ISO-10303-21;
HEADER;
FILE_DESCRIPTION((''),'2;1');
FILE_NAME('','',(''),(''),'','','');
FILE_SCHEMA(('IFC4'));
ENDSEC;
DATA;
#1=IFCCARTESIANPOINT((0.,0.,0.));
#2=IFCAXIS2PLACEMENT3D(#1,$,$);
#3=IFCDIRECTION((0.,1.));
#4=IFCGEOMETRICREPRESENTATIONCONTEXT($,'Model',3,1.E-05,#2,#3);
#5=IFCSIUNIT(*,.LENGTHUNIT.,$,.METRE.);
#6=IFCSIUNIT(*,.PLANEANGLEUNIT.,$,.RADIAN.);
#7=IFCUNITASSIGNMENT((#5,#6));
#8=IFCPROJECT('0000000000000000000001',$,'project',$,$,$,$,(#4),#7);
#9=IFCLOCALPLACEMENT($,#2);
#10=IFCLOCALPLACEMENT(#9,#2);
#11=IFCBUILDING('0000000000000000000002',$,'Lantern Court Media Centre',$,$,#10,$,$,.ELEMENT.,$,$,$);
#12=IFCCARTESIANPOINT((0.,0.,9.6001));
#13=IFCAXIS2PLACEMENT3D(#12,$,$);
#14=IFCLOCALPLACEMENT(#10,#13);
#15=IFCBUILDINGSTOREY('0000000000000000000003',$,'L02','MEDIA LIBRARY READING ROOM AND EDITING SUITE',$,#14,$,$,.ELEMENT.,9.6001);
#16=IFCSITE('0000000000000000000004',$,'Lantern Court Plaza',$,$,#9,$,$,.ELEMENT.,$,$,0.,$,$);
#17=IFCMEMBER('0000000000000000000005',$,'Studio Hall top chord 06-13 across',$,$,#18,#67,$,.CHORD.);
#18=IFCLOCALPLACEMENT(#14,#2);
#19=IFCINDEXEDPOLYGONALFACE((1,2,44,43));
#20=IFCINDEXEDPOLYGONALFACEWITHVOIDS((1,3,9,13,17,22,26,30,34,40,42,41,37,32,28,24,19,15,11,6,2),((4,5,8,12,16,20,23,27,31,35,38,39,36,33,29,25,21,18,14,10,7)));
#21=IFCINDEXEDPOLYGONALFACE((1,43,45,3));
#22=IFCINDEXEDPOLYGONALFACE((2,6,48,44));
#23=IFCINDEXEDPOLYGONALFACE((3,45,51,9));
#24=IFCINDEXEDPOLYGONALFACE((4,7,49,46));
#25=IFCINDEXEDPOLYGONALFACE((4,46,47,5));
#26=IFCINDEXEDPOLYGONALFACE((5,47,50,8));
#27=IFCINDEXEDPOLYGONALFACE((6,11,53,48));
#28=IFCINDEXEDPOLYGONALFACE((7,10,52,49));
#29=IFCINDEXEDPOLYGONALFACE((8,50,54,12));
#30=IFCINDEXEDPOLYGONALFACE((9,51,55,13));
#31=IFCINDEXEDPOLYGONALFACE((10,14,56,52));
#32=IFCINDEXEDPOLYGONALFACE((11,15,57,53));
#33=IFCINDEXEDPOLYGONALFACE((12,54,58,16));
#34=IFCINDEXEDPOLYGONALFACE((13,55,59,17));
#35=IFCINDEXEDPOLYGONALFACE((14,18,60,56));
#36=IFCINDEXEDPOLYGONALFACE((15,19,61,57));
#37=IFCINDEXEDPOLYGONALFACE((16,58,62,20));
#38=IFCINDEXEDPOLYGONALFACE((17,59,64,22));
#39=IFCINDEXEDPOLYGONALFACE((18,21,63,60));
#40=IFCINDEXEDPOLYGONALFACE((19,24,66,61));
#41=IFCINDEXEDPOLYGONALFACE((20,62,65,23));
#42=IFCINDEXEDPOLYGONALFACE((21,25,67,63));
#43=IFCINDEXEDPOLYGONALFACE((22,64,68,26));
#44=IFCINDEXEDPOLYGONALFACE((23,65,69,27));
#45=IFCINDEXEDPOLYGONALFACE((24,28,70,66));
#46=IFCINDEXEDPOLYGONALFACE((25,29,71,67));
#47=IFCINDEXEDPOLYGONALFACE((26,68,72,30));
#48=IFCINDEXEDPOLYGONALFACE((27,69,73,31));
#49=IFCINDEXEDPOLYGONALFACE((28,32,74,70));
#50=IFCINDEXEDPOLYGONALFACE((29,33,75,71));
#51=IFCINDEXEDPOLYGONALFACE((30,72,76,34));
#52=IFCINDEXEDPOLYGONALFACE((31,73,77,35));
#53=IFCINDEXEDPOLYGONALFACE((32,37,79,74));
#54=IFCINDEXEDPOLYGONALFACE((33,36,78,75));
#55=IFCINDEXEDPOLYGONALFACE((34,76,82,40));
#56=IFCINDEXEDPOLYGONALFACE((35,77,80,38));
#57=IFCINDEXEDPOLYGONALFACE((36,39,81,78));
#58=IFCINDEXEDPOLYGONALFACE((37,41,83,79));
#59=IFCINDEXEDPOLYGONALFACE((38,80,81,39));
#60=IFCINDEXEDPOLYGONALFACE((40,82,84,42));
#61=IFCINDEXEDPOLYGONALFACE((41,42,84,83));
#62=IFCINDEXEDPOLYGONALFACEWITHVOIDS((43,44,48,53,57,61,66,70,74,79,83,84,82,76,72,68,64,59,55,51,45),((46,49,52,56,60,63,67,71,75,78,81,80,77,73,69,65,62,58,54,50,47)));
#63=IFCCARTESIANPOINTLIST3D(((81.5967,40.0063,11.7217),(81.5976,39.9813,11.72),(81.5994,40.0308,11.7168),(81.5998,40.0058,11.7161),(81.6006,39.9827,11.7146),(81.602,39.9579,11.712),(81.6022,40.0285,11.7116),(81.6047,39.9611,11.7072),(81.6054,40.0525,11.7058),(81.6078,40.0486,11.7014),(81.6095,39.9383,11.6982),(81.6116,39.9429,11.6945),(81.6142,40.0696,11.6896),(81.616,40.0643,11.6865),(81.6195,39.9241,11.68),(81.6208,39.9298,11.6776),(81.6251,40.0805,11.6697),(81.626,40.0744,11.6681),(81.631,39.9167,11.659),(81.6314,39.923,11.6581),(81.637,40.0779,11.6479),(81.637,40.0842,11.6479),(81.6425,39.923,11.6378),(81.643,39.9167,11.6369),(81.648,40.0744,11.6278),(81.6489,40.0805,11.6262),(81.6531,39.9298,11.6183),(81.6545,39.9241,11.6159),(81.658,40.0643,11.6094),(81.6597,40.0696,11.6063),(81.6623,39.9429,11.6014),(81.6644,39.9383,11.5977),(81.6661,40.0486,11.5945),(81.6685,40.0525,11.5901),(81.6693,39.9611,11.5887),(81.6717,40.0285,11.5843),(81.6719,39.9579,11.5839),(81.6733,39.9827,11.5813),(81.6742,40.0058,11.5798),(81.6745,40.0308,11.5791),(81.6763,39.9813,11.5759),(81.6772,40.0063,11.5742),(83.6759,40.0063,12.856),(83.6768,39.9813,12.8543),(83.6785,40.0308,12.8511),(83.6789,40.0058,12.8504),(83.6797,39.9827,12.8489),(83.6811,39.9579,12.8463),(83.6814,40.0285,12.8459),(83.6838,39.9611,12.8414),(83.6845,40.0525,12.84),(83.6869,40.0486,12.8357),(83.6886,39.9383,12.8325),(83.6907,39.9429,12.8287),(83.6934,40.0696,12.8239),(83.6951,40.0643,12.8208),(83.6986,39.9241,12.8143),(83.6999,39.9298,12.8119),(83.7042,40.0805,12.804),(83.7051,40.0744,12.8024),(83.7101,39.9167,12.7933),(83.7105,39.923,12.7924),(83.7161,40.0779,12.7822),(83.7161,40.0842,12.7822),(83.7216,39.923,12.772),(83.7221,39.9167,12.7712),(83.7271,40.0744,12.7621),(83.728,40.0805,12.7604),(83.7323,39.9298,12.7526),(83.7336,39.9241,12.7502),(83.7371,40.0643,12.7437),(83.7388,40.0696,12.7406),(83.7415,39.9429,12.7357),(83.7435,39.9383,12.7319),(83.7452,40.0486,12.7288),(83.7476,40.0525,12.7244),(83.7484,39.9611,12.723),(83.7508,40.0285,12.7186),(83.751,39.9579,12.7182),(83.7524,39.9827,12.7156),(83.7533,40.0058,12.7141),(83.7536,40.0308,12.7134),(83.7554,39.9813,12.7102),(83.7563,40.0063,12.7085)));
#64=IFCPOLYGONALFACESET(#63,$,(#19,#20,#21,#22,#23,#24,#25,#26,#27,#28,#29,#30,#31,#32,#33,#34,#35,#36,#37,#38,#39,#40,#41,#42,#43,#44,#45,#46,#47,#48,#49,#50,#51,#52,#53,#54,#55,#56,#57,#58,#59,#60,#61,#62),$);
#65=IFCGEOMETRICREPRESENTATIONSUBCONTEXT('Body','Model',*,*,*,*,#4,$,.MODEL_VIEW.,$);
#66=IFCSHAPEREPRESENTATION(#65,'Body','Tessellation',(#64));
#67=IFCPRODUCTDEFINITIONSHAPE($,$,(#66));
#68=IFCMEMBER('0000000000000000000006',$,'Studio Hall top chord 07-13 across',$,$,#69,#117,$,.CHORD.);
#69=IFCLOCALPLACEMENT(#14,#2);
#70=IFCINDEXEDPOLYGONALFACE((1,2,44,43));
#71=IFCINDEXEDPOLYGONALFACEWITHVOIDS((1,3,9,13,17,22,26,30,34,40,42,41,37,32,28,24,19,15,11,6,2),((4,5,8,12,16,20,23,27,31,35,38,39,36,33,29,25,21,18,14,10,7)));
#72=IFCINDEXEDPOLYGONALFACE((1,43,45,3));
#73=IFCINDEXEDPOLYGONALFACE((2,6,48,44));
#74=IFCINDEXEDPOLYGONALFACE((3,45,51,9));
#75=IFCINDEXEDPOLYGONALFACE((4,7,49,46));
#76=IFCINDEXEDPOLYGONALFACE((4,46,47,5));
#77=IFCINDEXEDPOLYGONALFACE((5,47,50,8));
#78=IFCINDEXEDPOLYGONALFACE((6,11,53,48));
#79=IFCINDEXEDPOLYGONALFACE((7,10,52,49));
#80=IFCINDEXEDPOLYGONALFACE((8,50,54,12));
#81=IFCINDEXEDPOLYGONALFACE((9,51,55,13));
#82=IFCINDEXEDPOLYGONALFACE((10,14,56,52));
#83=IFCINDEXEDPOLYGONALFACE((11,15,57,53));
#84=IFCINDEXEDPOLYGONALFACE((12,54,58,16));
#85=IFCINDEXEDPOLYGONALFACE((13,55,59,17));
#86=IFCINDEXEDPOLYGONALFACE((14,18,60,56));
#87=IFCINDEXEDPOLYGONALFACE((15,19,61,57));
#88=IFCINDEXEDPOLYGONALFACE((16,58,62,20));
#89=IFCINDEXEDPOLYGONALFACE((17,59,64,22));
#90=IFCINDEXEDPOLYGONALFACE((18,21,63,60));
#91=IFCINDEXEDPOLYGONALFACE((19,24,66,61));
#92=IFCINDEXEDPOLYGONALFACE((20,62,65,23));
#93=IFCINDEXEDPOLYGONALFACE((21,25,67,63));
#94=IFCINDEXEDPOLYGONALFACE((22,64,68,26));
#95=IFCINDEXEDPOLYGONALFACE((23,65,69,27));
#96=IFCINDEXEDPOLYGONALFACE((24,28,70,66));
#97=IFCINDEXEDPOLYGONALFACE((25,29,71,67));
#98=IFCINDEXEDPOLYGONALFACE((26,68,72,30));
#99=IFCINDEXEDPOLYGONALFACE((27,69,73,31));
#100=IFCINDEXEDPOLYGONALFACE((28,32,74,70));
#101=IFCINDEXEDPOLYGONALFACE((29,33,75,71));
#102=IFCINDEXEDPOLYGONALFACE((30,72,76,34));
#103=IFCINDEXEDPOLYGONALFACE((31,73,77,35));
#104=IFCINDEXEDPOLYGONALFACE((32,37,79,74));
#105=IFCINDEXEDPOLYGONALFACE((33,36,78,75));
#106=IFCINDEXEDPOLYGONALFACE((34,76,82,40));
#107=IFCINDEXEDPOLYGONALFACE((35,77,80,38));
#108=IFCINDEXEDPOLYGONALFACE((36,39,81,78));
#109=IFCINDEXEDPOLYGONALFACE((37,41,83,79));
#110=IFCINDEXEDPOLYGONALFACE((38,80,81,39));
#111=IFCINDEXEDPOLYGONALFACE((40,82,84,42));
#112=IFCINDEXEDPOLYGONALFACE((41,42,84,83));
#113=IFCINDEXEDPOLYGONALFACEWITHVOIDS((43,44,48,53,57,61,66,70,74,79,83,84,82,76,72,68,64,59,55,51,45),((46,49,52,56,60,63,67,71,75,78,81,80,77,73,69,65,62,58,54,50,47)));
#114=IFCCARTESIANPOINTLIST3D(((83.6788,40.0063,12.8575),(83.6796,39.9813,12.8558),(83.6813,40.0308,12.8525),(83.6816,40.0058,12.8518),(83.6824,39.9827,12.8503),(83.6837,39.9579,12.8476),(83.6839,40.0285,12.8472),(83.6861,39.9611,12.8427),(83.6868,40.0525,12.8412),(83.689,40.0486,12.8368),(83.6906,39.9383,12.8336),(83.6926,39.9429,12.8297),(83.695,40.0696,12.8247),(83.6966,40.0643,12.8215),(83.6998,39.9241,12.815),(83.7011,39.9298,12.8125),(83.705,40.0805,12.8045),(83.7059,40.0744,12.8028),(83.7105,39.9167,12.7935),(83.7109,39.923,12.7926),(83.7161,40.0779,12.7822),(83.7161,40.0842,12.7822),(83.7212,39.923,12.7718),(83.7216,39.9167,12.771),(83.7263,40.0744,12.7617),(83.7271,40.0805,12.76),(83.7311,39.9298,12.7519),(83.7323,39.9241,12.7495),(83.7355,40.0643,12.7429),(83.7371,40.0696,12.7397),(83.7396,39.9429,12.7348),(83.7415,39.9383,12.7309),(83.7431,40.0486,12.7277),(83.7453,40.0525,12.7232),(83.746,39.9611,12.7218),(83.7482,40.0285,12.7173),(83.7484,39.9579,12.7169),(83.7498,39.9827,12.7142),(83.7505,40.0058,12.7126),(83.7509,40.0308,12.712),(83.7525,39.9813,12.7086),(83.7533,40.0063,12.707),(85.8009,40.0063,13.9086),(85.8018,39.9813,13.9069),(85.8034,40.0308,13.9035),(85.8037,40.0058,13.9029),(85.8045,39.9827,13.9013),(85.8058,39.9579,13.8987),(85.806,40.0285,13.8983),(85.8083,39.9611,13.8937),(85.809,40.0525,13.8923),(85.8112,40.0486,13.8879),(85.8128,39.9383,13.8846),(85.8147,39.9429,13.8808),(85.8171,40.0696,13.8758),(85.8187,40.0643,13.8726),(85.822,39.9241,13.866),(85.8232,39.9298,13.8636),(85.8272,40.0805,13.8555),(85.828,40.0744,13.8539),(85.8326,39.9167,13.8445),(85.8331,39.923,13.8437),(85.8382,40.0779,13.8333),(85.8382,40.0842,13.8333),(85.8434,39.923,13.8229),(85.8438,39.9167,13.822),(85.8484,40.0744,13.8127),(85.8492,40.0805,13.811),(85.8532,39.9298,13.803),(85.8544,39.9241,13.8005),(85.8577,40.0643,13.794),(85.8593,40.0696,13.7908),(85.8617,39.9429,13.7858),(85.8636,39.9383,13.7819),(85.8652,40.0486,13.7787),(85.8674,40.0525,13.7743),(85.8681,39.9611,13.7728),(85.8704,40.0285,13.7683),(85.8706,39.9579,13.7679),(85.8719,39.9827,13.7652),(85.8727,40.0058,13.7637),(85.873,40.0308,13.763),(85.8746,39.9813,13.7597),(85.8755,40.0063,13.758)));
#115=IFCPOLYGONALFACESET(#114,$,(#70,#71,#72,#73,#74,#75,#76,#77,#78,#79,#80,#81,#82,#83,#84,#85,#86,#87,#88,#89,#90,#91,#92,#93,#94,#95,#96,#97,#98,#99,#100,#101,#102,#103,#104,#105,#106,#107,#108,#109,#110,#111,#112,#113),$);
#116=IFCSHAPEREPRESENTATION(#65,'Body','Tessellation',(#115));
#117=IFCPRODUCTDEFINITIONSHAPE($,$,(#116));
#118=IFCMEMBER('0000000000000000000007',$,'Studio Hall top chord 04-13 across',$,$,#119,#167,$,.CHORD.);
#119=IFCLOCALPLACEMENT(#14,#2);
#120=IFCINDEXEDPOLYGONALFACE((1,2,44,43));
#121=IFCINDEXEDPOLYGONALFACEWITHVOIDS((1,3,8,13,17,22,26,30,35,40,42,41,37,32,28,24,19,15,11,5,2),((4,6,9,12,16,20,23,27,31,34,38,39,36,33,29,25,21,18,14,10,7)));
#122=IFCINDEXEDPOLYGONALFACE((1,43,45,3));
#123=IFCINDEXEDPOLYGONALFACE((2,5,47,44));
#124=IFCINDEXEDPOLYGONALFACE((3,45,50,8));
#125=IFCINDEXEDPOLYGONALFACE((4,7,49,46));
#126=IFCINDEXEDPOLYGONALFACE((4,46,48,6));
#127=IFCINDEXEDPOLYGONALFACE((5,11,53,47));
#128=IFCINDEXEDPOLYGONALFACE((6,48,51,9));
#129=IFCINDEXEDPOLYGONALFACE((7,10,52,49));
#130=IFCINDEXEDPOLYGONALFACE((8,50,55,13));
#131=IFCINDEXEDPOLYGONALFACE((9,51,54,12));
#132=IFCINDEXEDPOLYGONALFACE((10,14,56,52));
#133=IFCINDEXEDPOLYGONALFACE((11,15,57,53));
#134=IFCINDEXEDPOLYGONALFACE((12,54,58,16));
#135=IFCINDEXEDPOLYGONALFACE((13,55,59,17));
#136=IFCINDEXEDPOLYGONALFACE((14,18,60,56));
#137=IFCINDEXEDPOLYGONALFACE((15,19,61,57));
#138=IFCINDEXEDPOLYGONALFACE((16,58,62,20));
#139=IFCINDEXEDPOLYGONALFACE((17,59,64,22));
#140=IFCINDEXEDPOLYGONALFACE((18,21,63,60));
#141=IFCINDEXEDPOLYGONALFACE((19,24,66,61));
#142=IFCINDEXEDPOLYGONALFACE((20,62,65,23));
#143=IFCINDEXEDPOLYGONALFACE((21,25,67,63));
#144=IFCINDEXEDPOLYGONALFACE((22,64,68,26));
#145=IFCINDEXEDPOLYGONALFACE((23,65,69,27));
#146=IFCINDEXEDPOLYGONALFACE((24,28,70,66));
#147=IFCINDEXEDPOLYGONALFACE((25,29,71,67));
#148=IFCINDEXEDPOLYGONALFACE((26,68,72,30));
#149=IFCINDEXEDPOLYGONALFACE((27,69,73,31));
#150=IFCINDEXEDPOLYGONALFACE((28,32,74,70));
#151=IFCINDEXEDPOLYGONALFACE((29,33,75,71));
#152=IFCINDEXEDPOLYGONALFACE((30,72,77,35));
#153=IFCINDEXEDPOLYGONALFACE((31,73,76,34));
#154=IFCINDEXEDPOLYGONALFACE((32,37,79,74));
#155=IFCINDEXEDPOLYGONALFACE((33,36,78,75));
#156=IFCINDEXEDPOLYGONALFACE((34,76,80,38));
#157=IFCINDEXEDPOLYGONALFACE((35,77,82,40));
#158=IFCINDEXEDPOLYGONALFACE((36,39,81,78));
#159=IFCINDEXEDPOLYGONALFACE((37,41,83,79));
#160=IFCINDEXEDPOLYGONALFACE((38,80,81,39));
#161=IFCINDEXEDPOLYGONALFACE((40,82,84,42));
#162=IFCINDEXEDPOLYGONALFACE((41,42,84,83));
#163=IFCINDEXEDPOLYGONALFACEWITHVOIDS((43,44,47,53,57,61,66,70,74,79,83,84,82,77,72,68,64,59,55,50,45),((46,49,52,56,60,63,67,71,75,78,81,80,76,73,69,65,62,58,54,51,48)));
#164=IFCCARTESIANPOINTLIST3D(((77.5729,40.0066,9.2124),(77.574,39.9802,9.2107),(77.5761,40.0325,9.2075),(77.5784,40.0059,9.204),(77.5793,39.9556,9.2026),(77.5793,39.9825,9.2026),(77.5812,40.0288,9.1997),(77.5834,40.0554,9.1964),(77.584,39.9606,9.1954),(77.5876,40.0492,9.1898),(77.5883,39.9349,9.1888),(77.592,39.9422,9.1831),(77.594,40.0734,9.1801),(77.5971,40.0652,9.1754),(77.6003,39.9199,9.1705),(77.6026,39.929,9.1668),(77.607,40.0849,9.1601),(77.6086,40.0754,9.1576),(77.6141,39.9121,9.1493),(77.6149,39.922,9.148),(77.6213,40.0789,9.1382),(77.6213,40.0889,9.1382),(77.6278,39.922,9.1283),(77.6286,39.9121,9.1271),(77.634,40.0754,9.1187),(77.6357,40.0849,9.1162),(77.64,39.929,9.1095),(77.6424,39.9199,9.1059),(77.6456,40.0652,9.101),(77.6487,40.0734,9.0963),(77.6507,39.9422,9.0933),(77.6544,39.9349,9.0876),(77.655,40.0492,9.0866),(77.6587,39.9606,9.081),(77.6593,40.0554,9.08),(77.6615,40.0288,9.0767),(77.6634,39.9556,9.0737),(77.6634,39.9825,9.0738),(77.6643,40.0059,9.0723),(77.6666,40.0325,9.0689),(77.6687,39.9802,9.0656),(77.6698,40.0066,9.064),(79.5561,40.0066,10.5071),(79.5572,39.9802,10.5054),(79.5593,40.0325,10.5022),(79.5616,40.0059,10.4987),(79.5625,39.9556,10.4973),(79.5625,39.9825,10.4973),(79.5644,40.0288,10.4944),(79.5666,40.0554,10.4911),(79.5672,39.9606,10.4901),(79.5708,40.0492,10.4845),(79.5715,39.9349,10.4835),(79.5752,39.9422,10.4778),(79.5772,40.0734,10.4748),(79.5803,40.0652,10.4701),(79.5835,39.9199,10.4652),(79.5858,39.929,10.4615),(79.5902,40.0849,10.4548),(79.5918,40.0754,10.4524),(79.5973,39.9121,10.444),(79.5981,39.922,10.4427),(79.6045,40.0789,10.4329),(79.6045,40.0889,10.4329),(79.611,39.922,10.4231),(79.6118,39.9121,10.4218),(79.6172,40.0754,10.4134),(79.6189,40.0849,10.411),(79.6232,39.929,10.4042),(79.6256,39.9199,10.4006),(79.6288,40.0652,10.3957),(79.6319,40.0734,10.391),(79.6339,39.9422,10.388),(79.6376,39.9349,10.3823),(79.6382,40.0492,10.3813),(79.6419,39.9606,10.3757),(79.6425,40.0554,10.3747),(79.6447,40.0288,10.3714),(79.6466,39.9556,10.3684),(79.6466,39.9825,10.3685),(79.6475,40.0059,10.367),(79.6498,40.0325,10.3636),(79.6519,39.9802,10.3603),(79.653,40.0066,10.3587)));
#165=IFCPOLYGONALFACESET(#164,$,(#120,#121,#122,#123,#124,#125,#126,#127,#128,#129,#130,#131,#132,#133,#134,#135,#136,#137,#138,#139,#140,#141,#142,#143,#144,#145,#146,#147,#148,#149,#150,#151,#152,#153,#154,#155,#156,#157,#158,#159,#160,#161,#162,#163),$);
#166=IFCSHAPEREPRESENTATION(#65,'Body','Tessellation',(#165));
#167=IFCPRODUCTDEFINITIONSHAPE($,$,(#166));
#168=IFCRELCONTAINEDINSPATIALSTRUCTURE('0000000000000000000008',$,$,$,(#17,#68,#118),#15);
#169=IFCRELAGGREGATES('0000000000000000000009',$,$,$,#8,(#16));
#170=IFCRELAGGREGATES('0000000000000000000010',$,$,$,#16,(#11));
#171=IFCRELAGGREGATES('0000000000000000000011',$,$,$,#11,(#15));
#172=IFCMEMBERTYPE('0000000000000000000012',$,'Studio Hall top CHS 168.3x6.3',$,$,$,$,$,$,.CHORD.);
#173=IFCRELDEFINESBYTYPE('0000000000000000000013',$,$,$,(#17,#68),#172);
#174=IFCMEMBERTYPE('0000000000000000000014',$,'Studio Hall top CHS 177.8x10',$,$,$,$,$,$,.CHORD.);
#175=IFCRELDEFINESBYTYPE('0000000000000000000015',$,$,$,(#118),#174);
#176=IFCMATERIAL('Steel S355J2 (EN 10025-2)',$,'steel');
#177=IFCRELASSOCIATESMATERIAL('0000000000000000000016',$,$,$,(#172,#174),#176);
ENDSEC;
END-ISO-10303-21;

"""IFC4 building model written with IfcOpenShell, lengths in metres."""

from ifc_helpers import new_model, si_unit, direction, frame, origin, origin_2d, place, context, subcontext, project, spatial, hollow_circle, extrude, material, material_profile, profile_set, type_object, element, save


model = new_model("IFC4")

# Units and contexts
model_context = context("Model", 3, precision=1e-05, world=origin(), true_north=direction((0.0, 1.0)))
body_context = subcontext(model_context, "Body", "Model", "MODEL_VIEW")
ifc_project = project(units=[si_unit("LENGTHUNIT", "METRE"), si_unit("PLANEANGLEUNIT", "RADIAN")], contexts=[model_context])

# Site, building, storey
site_placement = place(None, origin())
site = spatial("IfcSite", under=ifc_project, at=site_placement, Name="Lantern Court Plaza", CompositionType="ELEMENT", RefElevation=0.0)
building_placement = place(site_placement, origin())
building = spatial("IfcBuilding", under=site, at=building_placement, Name="Lantern Court Media Centre", CompositionType="ELEMENT")
storey_placement = place(building_placement, frame((0.0, 0.0, 9.6001)))
storey = spatial("IfcBuildingStorey", under=building, at=storey_placement, Name="L02", Description="MEDIA LIBRARY READING ROOM AND EDITING SUITE", CompositionType="ELEMENT", Elevation=9.6001)

# Members
ifc_material_1 = material(Name="Steel S355J2 (EN 10025-2)", Category="steel")
ifc_material_profile_1 = material_profile(ifc_material_1, hollow_circle(Radius=0.0842, WallThickness=0.0063, at=origin_2d()), Name="Studio Hall top CHS 168.3x6.3")
ifc_profile_set_1 = profile_set([ifc_material_profile_1], Name="Steel S355J2 (EN 10025-2)")
member_type_1 = type_object("IfcMemberType", Name="Studio Hall top CHS 168.3x6.3", PredefinedType="CHORD", material=ifc_profile_set_1)
member_1_placement = place(storey_placement, frame((81.637, 40.0, 11.6479), z_axis=(0.877856, 0.0, 0.478924), x_axis=(0.0, 1.0, 0.0)))
element("IfcMember", 1, at=member_1_placement, inside=storey, type_object=member_type_1, Name="Studio Hall top chord 06-13 across", PredefinedType="CHORD", context=body_context, shape_type="SweptSolid", body=[
    extrude(hollow_circle(Radius=0.0842, WallThickness=0.0063, at=origin_2d()), origin(), (0.0, 0.0, 1.0), 2.3684),
])
member_2_placement = place(storey_placement, frame((83.7161, 40.0, 12.7822), z_axis=(0.896112, 0.0, 0.443829), x_axis=(0.0, 1.0, 0.0)))
element("IfcMember", 2, at=member_2_placement, inside=storey, type_object=member_type_1, Name="Studio Hall top chord 07-13 across", PredefinedType="CHORD", context=body_context, shape_type="SweptSolid", body=[
    extrude(hollow_circle(Radius=0.0842, WallThickness=0.0063, at=origin_2d()), origin(), (0.0, 0.0, 1.0), 2.3682),
])
ifc_material_profile_2 = material_profile(ifc_material_1, hollow_circle(Radius=0.0889, WallThickness=0.01, at=origin_2d()), Name="Studio Hall top CHS 177.8x10")
ifc_profile_set_2 = profile_set([ifc_material_profile_2], Name="Steel S355J2 (EN 10025-2)")
member_type_2 = type_object("IfcMemberType", Name="Studio Hall top CHS 177.8x10", PredefinedType="CHORD", material=ifc_profile_set_2)
member_3_placement = place(storey_placement, frame((77.6213, 40.0, 9.1382), z_axis=(0.837356, 0.0, 0.546658), x_axis=(0.0, 1.0, 0.0)))
element("IfcMember", 3, at=member_3_placement, inside=storey, type_object=member_type_2, Name="Studio Hall top chord 04-13 across", PredefinedType="CHORD", context=body_context, shape_type="SweptSolid", body=[
    extrude(hollow_circle(Radius=0.0889, WallThickness=0.01, at=origin_2d()), origin(), (0.0, 0.0, 1.0), 2.3684),
])

save(model, "model.ifc")
